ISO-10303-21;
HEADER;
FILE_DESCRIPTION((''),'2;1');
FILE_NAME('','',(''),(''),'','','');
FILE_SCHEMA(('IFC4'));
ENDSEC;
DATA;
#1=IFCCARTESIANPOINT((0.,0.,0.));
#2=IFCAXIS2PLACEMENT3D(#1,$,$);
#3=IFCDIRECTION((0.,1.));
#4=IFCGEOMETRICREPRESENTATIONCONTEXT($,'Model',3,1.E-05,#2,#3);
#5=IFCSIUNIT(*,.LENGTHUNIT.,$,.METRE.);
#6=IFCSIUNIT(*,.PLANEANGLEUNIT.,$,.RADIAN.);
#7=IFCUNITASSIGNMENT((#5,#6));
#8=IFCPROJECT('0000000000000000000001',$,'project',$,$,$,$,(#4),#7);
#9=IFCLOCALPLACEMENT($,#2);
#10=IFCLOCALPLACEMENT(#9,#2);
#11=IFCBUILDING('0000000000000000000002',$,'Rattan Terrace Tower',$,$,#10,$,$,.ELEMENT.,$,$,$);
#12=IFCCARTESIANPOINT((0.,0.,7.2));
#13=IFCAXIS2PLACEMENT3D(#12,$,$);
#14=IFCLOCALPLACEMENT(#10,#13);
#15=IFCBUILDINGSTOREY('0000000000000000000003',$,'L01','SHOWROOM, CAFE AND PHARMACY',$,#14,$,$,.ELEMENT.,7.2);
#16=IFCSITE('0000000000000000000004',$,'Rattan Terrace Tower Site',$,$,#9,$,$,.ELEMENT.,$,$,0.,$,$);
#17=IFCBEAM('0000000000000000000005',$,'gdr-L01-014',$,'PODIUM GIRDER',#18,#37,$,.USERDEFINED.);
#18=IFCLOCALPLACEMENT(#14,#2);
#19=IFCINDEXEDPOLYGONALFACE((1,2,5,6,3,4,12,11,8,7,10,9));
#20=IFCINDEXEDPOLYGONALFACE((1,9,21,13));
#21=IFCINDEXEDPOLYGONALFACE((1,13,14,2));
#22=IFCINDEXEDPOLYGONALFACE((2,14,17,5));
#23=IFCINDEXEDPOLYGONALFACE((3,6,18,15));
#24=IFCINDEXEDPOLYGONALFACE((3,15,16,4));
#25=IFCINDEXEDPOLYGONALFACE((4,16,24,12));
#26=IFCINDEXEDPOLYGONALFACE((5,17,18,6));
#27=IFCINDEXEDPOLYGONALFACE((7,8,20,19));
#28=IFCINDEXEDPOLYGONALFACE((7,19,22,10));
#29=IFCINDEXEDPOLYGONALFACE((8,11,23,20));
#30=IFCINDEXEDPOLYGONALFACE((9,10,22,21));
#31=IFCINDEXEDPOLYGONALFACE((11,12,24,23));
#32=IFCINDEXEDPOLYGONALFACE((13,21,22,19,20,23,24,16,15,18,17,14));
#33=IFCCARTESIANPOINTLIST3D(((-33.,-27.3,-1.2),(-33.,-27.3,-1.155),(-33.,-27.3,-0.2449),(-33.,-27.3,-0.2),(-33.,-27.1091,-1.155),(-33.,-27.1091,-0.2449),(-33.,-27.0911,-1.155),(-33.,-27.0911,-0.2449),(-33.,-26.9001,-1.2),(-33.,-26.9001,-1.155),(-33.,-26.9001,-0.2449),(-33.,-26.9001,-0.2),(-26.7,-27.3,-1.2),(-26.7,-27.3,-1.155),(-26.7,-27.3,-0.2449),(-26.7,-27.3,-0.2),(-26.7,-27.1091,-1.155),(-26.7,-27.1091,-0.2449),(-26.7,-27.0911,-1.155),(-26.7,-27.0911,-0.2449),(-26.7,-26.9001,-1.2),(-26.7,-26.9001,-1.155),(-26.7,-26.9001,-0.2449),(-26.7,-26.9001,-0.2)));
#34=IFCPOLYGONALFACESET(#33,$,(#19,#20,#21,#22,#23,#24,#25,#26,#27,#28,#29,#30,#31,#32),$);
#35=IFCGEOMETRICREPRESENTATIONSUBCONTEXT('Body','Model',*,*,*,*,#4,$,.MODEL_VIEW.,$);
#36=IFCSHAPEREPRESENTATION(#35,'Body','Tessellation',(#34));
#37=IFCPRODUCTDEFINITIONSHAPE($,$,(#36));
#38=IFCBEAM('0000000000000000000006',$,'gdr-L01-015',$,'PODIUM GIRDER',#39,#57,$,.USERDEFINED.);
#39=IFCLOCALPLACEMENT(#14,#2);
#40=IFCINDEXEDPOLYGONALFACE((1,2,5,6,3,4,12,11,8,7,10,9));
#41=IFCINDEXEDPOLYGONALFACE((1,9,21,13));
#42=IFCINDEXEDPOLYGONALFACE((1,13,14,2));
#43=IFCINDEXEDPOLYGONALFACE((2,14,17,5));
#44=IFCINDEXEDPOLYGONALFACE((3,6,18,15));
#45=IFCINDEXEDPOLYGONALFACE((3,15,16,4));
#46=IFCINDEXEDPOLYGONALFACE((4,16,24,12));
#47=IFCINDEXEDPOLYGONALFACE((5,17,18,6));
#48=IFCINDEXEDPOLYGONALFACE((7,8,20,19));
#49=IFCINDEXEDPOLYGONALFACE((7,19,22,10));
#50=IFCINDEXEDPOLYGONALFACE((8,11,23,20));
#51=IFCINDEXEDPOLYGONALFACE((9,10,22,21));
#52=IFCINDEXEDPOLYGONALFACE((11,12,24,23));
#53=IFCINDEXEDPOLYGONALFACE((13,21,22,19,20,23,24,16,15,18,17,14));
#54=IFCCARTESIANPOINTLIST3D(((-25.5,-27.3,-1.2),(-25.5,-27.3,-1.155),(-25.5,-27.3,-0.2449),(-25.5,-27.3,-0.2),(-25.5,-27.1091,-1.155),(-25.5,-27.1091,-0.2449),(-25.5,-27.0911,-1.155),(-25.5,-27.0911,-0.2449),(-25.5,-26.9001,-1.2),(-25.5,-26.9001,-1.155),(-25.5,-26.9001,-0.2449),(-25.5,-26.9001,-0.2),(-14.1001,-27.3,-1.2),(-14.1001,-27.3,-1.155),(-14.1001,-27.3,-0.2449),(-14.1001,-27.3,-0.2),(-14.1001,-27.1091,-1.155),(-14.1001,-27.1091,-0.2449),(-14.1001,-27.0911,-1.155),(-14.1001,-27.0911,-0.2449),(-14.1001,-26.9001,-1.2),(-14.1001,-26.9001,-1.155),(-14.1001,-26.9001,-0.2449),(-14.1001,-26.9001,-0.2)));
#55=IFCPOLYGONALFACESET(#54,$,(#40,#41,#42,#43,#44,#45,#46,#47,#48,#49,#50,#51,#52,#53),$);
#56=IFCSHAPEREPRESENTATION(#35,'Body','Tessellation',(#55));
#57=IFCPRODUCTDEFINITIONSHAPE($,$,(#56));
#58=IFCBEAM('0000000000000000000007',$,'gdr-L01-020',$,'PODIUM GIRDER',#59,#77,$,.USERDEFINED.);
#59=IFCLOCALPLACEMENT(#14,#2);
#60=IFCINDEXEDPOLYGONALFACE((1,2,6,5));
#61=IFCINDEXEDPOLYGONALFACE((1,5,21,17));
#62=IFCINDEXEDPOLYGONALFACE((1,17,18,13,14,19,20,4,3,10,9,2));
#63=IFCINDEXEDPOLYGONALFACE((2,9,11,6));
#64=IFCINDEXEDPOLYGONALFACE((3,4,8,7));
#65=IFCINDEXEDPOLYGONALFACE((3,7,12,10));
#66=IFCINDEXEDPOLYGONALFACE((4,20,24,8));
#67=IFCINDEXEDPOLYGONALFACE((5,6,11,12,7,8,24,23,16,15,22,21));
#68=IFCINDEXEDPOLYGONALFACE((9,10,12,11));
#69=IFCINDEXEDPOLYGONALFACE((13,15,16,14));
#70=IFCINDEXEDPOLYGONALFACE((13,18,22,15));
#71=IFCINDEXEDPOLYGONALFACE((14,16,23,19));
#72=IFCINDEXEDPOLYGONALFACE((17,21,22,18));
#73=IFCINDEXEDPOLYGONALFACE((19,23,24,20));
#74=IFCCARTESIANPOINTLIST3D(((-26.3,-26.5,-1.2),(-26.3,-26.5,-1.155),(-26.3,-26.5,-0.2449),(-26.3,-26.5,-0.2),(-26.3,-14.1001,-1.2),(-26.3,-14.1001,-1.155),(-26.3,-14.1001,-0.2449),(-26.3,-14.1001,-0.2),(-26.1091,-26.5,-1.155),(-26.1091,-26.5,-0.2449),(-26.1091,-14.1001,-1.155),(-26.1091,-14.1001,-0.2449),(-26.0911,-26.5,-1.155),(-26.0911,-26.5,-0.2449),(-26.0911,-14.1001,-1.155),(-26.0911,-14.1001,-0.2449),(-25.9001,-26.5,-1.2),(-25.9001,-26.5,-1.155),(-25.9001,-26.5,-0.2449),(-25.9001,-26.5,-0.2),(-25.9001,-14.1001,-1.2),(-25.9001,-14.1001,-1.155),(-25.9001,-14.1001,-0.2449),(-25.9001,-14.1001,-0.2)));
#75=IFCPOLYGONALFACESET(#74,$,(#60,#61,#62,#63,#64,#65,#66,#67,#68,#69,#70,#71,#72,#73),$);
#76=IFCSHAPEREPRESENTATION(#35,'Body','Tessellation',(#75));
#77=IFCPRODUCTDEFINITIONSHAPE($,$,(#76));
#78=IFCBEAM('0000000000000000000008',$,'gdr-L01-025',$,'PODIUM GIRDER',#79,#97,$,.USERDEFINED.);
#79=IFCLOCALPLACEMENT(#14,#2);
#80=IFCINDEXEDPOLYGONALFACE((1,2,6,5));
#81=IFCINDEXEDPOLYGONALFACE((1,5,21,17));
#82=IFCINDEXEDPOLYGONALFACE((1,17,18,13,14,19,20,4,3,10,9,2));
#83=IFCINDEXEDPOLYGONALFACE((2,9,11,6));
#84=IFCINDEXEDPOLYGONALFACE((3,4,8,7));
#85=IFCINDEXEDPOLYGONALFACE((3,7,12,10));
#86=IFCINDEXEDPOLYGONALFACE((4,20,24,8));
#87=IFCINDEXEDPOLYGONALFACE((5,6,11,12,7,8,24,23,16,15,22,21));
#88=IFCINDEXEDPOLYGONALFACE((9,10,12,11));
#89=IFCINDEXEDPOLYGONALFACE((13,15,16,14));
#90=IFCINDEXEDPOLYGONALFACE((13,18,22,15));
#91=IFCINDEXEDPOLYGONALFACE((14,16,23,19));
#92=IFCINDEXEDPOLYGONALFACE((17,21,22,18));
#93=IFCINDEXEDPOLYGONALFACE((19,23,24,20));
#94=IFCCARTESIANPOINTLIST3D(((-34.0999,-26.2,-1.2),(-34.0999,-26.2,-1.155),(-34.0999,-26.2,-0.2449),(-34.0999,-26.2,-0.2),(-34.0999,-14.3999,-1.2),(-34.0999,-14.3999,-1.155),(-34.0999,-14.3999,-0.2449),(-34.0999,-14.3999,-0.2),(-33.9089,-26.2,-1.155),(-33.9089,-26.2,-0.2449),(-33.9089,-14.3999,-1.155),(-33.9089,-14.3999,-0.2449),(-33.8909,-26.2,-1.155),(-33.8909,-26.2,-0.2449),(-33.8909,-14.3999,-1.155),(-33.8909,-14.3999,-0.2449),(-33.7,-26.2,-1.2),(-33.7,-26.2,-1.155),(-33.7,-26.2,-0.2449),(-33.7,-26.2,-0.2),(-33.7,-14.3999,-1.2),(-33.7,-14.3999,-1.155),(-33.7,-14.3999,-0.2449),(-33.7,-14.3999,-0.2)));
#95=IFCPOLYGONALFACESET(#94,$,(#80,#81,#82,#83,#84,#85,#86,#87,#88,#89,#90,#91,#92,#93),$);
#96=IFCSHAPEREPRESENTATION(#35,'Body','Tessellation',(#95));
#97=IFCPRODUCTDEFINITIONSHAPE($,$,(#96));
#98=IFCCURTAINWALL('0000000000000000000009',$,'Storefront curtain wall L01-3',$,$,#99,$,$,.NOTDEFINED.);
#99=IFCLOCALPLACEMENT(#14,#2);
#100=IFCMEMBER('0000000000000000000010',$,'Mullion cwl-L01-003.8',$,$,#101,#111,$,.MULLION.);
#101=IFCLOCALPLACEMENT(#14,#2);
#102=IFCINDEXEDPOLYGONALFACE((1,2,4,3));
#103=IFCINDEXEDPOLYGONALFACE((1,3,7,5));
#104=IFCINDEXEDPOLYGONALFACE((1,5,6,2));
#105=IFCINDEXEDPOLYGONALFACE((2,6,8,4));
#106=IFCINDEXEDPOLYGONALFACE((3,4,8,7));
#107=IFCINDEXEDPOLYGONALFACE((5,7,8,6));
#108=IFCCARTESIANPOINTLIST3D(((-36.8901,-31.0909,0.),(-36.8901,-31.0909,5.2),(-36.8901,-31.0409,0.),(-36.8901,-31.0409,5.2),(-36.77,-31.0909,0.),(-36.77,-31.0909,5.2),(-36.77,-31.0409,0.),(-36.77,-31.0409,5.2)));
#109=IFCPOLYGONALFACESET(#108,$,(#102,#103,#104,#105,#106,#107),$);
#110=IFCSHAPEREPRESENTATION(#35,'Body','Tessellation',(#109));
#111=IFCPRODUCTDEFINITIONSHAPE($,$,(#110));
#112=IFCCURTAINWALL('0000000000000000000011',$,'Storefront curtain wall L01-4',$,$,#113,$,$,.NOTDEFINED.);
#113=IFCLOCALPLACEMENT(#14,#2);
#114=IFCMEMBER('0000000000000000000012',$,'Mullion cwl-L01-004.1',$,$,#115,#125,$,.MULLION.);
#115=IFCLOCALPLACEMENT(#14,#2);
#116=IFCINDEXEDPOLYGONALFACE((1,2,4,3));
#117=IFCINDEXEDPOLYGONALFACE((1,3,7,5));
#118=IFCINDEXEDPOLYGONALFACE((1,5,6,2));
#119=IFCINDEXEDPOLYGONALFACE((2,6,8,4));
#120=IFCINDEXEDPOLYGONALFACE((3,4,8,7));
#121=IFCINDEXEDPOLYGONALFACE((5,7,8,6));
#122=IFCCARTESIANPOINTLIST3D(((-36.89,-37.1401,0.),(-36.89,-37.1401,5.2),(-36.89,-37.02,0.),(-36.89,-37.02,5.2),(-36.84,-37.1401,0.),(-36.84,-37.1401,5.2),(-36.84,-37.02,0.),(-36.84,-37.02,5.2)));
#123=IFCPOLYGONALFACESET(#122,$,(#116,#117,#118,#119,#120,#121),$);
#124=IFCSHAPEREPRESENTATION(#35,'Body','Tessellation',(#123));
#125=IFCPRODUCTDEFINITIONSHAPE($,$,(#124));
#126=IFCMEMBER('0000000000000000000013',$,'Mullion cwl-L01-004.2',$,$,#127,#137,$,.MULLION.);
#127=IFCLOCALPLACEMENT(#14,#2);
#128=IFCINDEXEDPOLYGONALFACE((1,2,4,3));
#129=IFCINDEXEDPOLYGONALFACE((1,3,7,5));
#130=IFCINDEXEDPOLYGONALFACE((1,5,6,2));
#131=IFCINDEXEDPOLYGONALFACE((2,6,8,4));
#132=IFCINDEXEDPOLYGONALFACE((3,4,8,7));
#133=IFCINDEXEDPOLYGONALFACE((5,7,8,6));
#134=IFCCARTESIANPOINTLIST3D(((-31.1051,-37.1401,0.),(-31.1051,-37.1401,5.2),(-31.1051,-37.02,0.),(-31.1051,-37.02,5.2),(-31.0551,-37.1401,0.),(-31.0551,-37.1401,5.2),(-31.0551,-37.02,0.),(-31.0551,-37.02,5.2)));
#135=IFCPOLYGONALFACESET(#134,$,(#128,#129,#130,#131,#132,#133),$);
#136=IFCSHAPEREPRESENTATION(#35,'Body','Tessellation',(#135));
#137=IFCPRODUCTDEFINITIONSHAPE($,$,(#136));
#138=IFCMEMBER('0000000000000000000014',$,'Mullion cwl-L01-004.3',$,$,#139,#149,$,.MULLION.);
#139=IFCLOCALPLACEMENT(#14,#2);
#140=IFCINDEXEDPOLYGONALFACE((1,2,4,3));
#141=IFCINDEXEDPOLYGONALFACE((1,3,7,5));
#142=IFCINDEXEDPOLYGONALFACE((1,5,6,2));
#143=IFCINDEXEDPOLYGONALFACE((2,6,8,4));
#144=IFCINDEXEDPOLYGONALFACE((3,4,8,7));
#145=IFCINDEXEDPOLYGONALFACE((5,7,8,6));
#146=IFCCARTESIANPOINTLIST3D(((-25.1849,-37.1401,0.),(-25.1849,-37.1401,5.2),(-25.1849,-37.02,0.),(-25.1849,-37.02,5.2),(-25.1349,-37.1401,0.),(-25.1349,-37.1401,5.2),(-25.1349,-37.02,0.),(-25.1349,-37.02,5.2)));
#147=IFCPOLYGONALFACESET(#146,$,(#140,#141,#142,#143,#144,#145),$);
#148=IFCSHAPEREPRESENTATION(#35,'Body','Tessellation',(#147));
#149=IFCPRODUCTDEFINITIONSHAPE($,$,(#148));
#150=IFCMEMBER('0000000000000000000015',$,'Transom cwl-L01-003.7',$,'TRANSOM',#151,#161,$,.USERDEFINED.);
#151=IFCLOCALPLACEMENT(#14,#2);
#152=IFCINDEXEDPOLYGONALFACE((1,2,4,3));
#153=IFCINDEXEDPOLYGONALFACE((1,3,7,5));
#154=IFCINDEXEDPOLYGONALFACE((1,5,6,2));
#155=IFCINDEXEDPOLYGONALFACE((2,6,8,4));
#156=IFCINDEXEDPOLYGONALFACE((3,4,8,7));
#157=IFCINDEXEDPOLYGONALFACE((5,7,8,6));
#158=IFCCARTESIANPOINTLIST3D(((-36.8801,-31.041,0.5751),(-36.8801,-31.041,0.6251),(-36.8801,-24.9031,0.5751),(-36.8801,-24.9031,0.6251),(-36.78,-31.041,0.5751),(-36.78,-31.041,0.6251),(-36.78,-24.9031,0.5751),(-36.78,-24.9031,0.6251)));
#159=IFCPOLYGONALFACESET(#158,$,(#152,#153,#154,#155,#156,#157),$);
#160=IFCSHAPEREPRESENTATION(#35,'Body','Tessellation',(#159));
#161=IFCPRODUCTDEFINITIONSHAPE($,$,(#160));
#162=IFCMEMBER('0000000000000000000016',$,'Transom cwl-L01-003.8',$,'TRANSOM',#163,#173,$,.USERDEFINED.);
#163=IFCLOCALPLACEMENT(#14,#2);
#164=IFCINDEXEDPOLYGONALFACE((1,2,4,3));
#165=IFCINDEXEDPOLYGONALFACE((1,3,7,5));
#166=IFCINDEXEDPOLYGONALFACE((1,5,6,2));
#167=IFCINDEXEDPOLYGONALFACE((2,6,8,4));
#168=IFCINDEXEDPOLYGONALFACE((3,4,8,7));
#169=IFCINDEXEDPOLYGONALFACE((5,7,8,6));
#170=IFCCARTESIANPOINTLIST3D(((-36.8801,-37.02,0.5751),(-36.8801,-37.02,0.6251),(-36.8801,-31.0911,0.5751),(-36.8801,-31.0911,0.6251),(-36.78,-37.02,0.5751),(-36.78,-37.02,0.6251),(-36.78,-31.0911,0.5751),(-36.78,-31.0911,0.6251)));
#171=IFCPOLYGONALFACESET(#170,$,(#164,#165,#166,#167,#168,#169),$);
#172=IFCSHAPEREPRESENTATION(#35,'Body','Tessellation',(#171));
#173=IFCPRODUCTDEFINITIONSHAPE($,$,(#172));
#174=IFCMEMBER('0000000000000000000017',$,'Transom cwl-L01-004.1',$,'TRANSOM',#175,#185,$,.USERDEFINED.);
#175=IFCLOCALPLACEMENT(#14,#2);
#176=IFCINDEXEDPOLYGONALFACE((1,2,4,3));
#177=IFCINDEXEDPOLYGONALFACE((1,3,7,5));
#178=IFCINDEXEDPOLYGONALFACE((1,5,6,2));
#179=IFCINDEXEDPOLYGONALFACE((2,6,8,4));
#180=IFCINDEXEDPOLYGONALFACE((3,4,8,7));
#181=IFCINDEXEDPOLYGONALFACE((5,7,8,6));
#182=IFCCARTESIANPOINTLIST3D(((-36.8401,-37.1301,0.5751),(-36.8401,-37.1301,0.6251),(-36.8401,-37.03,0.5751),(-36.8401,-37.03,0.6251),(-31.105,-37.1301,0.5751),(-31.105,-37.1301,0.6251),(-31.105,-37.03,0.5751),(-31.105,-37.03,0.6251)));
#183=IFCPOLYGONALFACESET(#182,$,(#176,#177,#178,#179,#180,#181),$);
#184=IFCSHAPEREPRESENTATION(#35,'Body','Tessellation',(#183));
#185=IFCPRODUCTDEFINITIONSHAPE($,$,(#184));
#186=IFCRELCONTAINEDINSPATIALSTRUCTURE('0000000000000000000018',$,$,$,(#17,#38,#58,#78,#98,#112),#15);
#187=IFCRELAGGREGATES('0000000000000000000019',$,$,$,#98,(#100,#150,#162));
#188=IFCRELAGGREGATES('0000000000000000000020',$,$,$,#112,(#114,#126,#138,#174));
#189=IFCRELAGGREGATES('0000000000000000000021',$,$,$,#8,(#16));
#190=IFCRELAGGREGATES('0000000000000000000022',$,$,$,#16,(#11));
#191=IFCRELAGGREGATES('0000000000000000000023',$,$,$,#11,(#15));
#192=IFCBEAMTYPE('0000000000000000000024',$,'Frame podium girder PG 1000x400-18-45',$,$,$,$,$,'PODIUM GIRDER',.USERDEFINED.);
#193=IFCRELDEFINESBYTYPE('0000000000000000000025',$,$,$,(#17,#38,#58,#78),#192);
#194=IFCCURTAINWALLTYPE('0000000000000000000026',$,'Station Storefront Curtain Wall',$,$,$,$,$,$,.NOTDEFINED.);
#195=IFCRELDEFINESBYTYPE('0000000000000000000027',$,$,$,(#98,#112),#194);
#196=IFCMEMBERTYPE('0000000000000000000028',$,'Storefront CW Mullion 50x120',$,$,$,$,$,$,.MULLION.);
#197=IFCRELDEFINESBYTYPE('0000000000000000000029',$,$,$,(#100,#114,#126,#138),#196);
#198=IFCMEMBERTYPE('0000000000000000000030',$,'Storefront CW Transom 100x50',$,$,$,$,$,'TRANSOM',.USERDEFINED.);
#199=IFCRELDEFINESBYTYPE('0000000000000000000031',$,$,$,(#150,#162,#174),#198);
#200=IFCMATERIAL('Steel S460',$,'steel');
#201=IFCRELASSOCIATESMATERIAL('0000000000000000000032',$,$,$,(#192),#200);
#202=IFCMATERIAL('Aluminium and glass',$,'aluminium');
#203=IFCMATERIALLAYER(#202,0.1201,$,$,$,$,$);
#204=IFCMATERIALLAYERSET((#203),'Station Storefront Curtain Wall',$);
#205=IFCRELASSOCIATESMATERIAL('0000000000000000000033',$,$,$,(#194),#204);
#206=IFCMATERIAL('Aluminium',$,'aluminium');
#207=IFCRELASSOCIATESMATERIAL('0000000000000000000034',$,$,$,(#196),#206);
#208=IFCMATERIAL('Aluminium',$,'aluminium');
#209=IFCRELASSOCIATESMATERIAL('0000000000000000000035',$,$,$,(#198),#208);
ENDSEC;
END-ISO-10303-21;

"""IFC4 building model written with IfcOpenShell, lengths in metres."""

from ifc_helpers import new_model, si_unit, direction, frame, origin, origin_2d, place, context, subcontext, project, spatial, rectangle, i_section, extrude, material, layer, layer_set, material_profile, profile_set, type_object, element, aggregate, save


model = new_model("IFC4")

# Units and contexts
model_context = context("Model", 3, precision=1e-05, world=origin(), true_north=direction((0.0, 1.0)))
body_context = subcontext(model_context, "Body", "Model", "MODEL_VIEW")
ifc_project = project(units=[si_unit("LENGTHUNIT", "METRE"), si_unit("PLANEANGLEUNIT", "RADIAN")], contexts=[model_context])

# Site, building, storey
site_placement = place(None, origin())
site = spatial("IfcSite", under=ifc_project, at=site_placement, Name="Rattan Terrace Tower Site", CompositionType="ELEMENT", RefElevation=0.0)
building_placement = place(site_placement, origin())
building = spatial("IfcBuilding", under=site, at=building_placement, Name="Rattan Terrace Tower", CompositionType="ELEMENT")
storey_placement = place(building_placement, frame((0.0, 0.0, 7.2)))
storey = spatial("IfcBuildingStorey", under=building, at=storey_placement, Name="L01", Description="SHOWROOM, CAFE AND PHARMACY", CompositionType="ELEMENT", Elevation=7.2)

# Beams
ifc_material_1 = material(Name="Steel S460", Category="steel")
ifc_material_profile_1 = material_profile(ifc_material_1, i_section(OverallWidth=0.3999, OverallDepth=1.0, WebThickness=0.0181, FlangeThickness=0.0449, at=origin_2d()), Name="PG 1000x400-18-45")
ifc_profile_set_1 = profile_set([ifc_material_profile_1], Name="Steel S460")
beam_type_1 = type_object("IfcBeamType", Name="Frame podium girder PG 1000x400-18-45", ElementType="PODIUM GIRDER", PredefinedType="USERDEFINED", material=ifc_profile_set_1)
for number, where, z_axis, x_axis, name in (
    (1, (-33.0, -27.1001, -0.7), (1.0, 0.0, 0.0), (0.0, 1.0, 0.0), "gdr-L01-014"),
):
    element("IfcBeam", number, at=place(storey_placement, frame(where, z_axis=z_axis, x_axis=x_axis)), inside=storey, type_object=beam_type_1, Name=name, ObjectType="PODIUM GIRDER", PredefinedType="USERDEFINED", context=body_context, shape_type="SweptSolid", body=[
        extrude(i_section(OverallWidth=0.3999, OverallDepth=1.0, WebThickness=0.0181, FlangeThickness=0.0449, at=origin_2d()), origin(), (0.0, 0.0, 1.0), 6.3),
    ])
beam_1_placement = place(storey_placement, frame((-25.5, -27.1001, -0.7), z_axis=(1.0, 0.0, 0.0), x_axis=(0.0, 1.0, 0.0)))
element("IfcBeam", 2, at=beam_1_placement, inside=storey, type_object=beam_type_1, Name="gdr-L01-015", ObjectType="PODIUM GIRDER", PredefinedType="USERDEFINED", context=body_context, shape_type="SweptSolid", body=[
    extrude(i_section(OverallWidth=0.3999, OverallDepth=1.0, WebThickness=0.0181, FlangeThickness=0.0449, at=origin_2d()), origin(), (0.0, 0.0, 1.0), 11.3999),
])
beam_2_placement = place(storey_placement, frame((-26.1001, -26.5, -0.7), z_axis=(0.0, 1.0, 0.0), x_axis=(-1.0, 0.0, 0.0)))
element("IfcBeam", 3, at=beam_2_placement, inside=storey, type_object=beam_type_1, Name="gdr-L01-020", ObjectType="PODIUM GIRDER", PredefinedType="USERDEFINED", context=body_context, shape_type="SweptSolid", body=[
    extrude(i_section(OverallWidth=0.3999, OverallDepth=1.0, WebThickness=0.0181, FlangeThickness=0.0449, at=origin_2d()), origin(), (0.0, 0.0, 1.0), 12.3999),
])
beam_3_placement = place(storey_placement, frame((-33.8999, -26.2, -0.7), z_axis=(0.0, 1.0, 0.0), x_axis=(-1.0, 0.0, 0.0)))
element("IfcBeam", 4, at=beam_3_placement, inside=storey, type_object=beam_type_1, Name="gdr-L01-025", ObjectType="PODIUM GIRDER", PredefinedType="USERDEFINED", context=body_context, shape_type="SweptSolid", body=[
    extrude(i_section(OverallWidth=0.3999, OverallDepth=1.0, WebThickness=0.0181, FlangeThickness=0.0449, at=origin_2d()), origin(), (0.0, 0.0, 1.0), 11.8),
])

# Curtain wall, member
ifc_material_2 = material(Name="Aluminium and glass", Category="aluminium")
ifc_layer_1 = layer(ifc_material_2, 0.1201)
ifc_layer_set_1 = layer_set([ifc_layer_1], Name="Station Storefront Curtain Wall")
curtain_wall_type = type_object("IfcCurtainWallType", Name="Station Storefront Curtain Wall", PredefinedType="NOTDEFINED", material=ifc_layer_set_1)
curtain_wall_1_placement = place(storey_placement, origin())
curtain_wall_1 = element("IfcCurtainWall", 5, at=curtain_wall_1_placement, inside=storey, type_object=curtain_wall_type, Name="Storefront curtain wall L01-3", PredefinedType="NOTDEFINED")
ifc_material_3 = material(Name="Aluminium", Category="aluminium")
ifc_material_profile_2 = material_profile(ifc_material_3, rectangle(XDim=0.05, YDim=0.1201, at=origin_2d()), Name="Aluminium 50x120")
ifc_profile_set_2 = profile_set([ifc_material_profile_2], Name="Aluminium")
member_type_1 = type_object("IfcMemberType", Name="Storefront CW Mullion 50x120", PredefinedType="MULLION", material=ifc_profile_set_2)
member_1_placement = place(storey_placement, frame((-36.8301, -31.0659, 0.0), z_axis=(0.0, 0.0, 1.0), x_axis=(0.0, -1.0, 0.0)))
member_1 = element("IfcMember", 6, at=member_1_placement, type_object=member_type_1, Name="Mullion cwl-L01-003.8", PredefinedType="MULLION", context=body_context, shape_type="SweptSolid", body=[
    extrude(rectangle(XDim=0.05, YDim=0.1201, at=origin_2d()), origin(), (0.0, 0.0, 1.0), 5.2),
])

# Curtain wall, members
curtain_wall_2_placement = place(storey_placement, origin())
curtain_wall_2 = element("IfcCurtainWall", 7, at=curtain_wall_2_placement, inside=storey, type_object=curtain_wall_type, Name="Storefront curtain wall L01-4", PredefinedType="NOTDEFINED")
member_2_placement = place(storey_placement, frame((-36.865, -37.0801, 0.0), z_axis=(0.0, 0.0, 1.0), x_axis=(1.0, 0.0, 0.0)))
member_2 = element("IfcMember", 8, at=member_2_placement, type_object=member_type_1, Name="Mullion cwl-L01-004.1", PredefinedType="MULLION", context=body_context, shape_type="SweptSolid", body=[
    extrude(rectangle(XDim=0.05, YDim=0.1201, at=origin_2d()), origin(), (0.0, 0.0, 1.0), 5.2),
])
member_3_placement = place(storey_placement, frame((-31.0801, -37.0801, 0.0), z_axis=(0.0, 0.0, 1.0), x_axis=(1.0, 0.0, 0.0)))
member_3 = element("IfcMember", 9, at=member_3_placement, type_object=member_type_1, Name="Mullion cwl-L01-004.2", PredefinedType="MULLION", context=body_context, shape_type="SweptSolid", body=[
    extrude(rectangle(XDim=0.05, YDim=0.1201, at=origin_2d()), origin(), (0.0, 0.0, 1.0), 5.2),
])
member_4_placement = place(storey_placement, frame((-25.1599, -37.0801, 0.0), z_axis=(0.0, 0.0, 1.0), x_axis=(1.0, 0.0, 0.0)))
member_4 = element("IfcMember", 10, at=member_4_placement, type_object=member_type_1, Name="Mullion cwl-L01-004.3", PredefinedType="MULLION", context=body_context, shape_type="SweptSolid", body=[
    extrude(rectangle(XDim=0.05, YDim=0.1201, at=origin_2d()), origin(), (0.0, 0.0, 1.0), 5.2),
])

# Members
ifc_material_4 = material(Name="Aluminium", Category="aluminium")
ifc_material_profile_3 = material_profile(ifc_material_4, rectangle(XDim=0.1001, YDim=0.05, at=origin_2d()), Name="Aluminium 100x50")
ifc_profile_set_3 = profile_set([ifc_material_profile_3], Name="Aluminium")
member_type_2 = type_object("IfcMemberType", Name="Storefront CW Transom 100x50", ElementType="TRANSOM", PredefinedType="USERDEFINED", material=ifc_profile_set_3)
member_5_placement = place(storey_placement, frame((-36.8301, -24.9031, 0.6001), z_axis=(0.0, -1.0, 0.0), x_axis=(1.0, 0.0, 0.0)))
member_5 = element("IfcMember", 11, at=member_5_placement, type_object=member_type_2, Name="Transom cwl-L01-003.7", ObjectType="TRANSOM", PredefinedType="USERDEFINED", context=body_context, shape_type="SweptSolid", body=[
    extrude(rectangle(XDim=0.1001, YDim=0.05, at=origin_2d()), origin(), (0.0, 0.0, 1.0), 6.1379),
])
member_6_placement = place(storey_placement, frame((-36.8301, -31.0911, 0.6001), z_axis=(0.0, -1.0, 0.0), x_axis=(1.0, 0.0, 0.0)))
member_6 = element("IfcMember", 12, at=member_6_placement, type_object=member_type_2, Name="Transom cwl-L01-003.8", ObjectType="TRANSOM", PredefinedType="USERDEFINED", context=body_context, shape_type="SweptSolid", body=[
    extrude(rectangle(XDim=0.1001, YDim=0.05, at=origin_2d()), origin(), (0.0, 0.0, 1.0), 5.929),
])
member_7_placement = place(storey_placement, frame((-36.8401, -37.0801, 0.6001), z_axis=(1.0, 0.0, 0.0), x_axis=(0.0, 1.0, 0.0)))
member_7 = element("IfcMember", 13, at=member_7_placement, type_object=member_type_2, Name="Transom cwl-L01-004.1", ObjectType="TRANSOM", PredefinedType="USERDEFINED", context=body_context, shape_type="SweptSolid", body=[
    extrude(rectangle(XDim=0.1001, YDim=0.05, at=origin_2d()), origin(), (0.0, 0.0, 1.0), 5.7351),
])

aggregate(curtain_wall_1, [member_1, member_5, member_6])
aggregate(curtain_wall_2, [member_2, member_3, member_4, member_7])

save(model, "model.ifc")
